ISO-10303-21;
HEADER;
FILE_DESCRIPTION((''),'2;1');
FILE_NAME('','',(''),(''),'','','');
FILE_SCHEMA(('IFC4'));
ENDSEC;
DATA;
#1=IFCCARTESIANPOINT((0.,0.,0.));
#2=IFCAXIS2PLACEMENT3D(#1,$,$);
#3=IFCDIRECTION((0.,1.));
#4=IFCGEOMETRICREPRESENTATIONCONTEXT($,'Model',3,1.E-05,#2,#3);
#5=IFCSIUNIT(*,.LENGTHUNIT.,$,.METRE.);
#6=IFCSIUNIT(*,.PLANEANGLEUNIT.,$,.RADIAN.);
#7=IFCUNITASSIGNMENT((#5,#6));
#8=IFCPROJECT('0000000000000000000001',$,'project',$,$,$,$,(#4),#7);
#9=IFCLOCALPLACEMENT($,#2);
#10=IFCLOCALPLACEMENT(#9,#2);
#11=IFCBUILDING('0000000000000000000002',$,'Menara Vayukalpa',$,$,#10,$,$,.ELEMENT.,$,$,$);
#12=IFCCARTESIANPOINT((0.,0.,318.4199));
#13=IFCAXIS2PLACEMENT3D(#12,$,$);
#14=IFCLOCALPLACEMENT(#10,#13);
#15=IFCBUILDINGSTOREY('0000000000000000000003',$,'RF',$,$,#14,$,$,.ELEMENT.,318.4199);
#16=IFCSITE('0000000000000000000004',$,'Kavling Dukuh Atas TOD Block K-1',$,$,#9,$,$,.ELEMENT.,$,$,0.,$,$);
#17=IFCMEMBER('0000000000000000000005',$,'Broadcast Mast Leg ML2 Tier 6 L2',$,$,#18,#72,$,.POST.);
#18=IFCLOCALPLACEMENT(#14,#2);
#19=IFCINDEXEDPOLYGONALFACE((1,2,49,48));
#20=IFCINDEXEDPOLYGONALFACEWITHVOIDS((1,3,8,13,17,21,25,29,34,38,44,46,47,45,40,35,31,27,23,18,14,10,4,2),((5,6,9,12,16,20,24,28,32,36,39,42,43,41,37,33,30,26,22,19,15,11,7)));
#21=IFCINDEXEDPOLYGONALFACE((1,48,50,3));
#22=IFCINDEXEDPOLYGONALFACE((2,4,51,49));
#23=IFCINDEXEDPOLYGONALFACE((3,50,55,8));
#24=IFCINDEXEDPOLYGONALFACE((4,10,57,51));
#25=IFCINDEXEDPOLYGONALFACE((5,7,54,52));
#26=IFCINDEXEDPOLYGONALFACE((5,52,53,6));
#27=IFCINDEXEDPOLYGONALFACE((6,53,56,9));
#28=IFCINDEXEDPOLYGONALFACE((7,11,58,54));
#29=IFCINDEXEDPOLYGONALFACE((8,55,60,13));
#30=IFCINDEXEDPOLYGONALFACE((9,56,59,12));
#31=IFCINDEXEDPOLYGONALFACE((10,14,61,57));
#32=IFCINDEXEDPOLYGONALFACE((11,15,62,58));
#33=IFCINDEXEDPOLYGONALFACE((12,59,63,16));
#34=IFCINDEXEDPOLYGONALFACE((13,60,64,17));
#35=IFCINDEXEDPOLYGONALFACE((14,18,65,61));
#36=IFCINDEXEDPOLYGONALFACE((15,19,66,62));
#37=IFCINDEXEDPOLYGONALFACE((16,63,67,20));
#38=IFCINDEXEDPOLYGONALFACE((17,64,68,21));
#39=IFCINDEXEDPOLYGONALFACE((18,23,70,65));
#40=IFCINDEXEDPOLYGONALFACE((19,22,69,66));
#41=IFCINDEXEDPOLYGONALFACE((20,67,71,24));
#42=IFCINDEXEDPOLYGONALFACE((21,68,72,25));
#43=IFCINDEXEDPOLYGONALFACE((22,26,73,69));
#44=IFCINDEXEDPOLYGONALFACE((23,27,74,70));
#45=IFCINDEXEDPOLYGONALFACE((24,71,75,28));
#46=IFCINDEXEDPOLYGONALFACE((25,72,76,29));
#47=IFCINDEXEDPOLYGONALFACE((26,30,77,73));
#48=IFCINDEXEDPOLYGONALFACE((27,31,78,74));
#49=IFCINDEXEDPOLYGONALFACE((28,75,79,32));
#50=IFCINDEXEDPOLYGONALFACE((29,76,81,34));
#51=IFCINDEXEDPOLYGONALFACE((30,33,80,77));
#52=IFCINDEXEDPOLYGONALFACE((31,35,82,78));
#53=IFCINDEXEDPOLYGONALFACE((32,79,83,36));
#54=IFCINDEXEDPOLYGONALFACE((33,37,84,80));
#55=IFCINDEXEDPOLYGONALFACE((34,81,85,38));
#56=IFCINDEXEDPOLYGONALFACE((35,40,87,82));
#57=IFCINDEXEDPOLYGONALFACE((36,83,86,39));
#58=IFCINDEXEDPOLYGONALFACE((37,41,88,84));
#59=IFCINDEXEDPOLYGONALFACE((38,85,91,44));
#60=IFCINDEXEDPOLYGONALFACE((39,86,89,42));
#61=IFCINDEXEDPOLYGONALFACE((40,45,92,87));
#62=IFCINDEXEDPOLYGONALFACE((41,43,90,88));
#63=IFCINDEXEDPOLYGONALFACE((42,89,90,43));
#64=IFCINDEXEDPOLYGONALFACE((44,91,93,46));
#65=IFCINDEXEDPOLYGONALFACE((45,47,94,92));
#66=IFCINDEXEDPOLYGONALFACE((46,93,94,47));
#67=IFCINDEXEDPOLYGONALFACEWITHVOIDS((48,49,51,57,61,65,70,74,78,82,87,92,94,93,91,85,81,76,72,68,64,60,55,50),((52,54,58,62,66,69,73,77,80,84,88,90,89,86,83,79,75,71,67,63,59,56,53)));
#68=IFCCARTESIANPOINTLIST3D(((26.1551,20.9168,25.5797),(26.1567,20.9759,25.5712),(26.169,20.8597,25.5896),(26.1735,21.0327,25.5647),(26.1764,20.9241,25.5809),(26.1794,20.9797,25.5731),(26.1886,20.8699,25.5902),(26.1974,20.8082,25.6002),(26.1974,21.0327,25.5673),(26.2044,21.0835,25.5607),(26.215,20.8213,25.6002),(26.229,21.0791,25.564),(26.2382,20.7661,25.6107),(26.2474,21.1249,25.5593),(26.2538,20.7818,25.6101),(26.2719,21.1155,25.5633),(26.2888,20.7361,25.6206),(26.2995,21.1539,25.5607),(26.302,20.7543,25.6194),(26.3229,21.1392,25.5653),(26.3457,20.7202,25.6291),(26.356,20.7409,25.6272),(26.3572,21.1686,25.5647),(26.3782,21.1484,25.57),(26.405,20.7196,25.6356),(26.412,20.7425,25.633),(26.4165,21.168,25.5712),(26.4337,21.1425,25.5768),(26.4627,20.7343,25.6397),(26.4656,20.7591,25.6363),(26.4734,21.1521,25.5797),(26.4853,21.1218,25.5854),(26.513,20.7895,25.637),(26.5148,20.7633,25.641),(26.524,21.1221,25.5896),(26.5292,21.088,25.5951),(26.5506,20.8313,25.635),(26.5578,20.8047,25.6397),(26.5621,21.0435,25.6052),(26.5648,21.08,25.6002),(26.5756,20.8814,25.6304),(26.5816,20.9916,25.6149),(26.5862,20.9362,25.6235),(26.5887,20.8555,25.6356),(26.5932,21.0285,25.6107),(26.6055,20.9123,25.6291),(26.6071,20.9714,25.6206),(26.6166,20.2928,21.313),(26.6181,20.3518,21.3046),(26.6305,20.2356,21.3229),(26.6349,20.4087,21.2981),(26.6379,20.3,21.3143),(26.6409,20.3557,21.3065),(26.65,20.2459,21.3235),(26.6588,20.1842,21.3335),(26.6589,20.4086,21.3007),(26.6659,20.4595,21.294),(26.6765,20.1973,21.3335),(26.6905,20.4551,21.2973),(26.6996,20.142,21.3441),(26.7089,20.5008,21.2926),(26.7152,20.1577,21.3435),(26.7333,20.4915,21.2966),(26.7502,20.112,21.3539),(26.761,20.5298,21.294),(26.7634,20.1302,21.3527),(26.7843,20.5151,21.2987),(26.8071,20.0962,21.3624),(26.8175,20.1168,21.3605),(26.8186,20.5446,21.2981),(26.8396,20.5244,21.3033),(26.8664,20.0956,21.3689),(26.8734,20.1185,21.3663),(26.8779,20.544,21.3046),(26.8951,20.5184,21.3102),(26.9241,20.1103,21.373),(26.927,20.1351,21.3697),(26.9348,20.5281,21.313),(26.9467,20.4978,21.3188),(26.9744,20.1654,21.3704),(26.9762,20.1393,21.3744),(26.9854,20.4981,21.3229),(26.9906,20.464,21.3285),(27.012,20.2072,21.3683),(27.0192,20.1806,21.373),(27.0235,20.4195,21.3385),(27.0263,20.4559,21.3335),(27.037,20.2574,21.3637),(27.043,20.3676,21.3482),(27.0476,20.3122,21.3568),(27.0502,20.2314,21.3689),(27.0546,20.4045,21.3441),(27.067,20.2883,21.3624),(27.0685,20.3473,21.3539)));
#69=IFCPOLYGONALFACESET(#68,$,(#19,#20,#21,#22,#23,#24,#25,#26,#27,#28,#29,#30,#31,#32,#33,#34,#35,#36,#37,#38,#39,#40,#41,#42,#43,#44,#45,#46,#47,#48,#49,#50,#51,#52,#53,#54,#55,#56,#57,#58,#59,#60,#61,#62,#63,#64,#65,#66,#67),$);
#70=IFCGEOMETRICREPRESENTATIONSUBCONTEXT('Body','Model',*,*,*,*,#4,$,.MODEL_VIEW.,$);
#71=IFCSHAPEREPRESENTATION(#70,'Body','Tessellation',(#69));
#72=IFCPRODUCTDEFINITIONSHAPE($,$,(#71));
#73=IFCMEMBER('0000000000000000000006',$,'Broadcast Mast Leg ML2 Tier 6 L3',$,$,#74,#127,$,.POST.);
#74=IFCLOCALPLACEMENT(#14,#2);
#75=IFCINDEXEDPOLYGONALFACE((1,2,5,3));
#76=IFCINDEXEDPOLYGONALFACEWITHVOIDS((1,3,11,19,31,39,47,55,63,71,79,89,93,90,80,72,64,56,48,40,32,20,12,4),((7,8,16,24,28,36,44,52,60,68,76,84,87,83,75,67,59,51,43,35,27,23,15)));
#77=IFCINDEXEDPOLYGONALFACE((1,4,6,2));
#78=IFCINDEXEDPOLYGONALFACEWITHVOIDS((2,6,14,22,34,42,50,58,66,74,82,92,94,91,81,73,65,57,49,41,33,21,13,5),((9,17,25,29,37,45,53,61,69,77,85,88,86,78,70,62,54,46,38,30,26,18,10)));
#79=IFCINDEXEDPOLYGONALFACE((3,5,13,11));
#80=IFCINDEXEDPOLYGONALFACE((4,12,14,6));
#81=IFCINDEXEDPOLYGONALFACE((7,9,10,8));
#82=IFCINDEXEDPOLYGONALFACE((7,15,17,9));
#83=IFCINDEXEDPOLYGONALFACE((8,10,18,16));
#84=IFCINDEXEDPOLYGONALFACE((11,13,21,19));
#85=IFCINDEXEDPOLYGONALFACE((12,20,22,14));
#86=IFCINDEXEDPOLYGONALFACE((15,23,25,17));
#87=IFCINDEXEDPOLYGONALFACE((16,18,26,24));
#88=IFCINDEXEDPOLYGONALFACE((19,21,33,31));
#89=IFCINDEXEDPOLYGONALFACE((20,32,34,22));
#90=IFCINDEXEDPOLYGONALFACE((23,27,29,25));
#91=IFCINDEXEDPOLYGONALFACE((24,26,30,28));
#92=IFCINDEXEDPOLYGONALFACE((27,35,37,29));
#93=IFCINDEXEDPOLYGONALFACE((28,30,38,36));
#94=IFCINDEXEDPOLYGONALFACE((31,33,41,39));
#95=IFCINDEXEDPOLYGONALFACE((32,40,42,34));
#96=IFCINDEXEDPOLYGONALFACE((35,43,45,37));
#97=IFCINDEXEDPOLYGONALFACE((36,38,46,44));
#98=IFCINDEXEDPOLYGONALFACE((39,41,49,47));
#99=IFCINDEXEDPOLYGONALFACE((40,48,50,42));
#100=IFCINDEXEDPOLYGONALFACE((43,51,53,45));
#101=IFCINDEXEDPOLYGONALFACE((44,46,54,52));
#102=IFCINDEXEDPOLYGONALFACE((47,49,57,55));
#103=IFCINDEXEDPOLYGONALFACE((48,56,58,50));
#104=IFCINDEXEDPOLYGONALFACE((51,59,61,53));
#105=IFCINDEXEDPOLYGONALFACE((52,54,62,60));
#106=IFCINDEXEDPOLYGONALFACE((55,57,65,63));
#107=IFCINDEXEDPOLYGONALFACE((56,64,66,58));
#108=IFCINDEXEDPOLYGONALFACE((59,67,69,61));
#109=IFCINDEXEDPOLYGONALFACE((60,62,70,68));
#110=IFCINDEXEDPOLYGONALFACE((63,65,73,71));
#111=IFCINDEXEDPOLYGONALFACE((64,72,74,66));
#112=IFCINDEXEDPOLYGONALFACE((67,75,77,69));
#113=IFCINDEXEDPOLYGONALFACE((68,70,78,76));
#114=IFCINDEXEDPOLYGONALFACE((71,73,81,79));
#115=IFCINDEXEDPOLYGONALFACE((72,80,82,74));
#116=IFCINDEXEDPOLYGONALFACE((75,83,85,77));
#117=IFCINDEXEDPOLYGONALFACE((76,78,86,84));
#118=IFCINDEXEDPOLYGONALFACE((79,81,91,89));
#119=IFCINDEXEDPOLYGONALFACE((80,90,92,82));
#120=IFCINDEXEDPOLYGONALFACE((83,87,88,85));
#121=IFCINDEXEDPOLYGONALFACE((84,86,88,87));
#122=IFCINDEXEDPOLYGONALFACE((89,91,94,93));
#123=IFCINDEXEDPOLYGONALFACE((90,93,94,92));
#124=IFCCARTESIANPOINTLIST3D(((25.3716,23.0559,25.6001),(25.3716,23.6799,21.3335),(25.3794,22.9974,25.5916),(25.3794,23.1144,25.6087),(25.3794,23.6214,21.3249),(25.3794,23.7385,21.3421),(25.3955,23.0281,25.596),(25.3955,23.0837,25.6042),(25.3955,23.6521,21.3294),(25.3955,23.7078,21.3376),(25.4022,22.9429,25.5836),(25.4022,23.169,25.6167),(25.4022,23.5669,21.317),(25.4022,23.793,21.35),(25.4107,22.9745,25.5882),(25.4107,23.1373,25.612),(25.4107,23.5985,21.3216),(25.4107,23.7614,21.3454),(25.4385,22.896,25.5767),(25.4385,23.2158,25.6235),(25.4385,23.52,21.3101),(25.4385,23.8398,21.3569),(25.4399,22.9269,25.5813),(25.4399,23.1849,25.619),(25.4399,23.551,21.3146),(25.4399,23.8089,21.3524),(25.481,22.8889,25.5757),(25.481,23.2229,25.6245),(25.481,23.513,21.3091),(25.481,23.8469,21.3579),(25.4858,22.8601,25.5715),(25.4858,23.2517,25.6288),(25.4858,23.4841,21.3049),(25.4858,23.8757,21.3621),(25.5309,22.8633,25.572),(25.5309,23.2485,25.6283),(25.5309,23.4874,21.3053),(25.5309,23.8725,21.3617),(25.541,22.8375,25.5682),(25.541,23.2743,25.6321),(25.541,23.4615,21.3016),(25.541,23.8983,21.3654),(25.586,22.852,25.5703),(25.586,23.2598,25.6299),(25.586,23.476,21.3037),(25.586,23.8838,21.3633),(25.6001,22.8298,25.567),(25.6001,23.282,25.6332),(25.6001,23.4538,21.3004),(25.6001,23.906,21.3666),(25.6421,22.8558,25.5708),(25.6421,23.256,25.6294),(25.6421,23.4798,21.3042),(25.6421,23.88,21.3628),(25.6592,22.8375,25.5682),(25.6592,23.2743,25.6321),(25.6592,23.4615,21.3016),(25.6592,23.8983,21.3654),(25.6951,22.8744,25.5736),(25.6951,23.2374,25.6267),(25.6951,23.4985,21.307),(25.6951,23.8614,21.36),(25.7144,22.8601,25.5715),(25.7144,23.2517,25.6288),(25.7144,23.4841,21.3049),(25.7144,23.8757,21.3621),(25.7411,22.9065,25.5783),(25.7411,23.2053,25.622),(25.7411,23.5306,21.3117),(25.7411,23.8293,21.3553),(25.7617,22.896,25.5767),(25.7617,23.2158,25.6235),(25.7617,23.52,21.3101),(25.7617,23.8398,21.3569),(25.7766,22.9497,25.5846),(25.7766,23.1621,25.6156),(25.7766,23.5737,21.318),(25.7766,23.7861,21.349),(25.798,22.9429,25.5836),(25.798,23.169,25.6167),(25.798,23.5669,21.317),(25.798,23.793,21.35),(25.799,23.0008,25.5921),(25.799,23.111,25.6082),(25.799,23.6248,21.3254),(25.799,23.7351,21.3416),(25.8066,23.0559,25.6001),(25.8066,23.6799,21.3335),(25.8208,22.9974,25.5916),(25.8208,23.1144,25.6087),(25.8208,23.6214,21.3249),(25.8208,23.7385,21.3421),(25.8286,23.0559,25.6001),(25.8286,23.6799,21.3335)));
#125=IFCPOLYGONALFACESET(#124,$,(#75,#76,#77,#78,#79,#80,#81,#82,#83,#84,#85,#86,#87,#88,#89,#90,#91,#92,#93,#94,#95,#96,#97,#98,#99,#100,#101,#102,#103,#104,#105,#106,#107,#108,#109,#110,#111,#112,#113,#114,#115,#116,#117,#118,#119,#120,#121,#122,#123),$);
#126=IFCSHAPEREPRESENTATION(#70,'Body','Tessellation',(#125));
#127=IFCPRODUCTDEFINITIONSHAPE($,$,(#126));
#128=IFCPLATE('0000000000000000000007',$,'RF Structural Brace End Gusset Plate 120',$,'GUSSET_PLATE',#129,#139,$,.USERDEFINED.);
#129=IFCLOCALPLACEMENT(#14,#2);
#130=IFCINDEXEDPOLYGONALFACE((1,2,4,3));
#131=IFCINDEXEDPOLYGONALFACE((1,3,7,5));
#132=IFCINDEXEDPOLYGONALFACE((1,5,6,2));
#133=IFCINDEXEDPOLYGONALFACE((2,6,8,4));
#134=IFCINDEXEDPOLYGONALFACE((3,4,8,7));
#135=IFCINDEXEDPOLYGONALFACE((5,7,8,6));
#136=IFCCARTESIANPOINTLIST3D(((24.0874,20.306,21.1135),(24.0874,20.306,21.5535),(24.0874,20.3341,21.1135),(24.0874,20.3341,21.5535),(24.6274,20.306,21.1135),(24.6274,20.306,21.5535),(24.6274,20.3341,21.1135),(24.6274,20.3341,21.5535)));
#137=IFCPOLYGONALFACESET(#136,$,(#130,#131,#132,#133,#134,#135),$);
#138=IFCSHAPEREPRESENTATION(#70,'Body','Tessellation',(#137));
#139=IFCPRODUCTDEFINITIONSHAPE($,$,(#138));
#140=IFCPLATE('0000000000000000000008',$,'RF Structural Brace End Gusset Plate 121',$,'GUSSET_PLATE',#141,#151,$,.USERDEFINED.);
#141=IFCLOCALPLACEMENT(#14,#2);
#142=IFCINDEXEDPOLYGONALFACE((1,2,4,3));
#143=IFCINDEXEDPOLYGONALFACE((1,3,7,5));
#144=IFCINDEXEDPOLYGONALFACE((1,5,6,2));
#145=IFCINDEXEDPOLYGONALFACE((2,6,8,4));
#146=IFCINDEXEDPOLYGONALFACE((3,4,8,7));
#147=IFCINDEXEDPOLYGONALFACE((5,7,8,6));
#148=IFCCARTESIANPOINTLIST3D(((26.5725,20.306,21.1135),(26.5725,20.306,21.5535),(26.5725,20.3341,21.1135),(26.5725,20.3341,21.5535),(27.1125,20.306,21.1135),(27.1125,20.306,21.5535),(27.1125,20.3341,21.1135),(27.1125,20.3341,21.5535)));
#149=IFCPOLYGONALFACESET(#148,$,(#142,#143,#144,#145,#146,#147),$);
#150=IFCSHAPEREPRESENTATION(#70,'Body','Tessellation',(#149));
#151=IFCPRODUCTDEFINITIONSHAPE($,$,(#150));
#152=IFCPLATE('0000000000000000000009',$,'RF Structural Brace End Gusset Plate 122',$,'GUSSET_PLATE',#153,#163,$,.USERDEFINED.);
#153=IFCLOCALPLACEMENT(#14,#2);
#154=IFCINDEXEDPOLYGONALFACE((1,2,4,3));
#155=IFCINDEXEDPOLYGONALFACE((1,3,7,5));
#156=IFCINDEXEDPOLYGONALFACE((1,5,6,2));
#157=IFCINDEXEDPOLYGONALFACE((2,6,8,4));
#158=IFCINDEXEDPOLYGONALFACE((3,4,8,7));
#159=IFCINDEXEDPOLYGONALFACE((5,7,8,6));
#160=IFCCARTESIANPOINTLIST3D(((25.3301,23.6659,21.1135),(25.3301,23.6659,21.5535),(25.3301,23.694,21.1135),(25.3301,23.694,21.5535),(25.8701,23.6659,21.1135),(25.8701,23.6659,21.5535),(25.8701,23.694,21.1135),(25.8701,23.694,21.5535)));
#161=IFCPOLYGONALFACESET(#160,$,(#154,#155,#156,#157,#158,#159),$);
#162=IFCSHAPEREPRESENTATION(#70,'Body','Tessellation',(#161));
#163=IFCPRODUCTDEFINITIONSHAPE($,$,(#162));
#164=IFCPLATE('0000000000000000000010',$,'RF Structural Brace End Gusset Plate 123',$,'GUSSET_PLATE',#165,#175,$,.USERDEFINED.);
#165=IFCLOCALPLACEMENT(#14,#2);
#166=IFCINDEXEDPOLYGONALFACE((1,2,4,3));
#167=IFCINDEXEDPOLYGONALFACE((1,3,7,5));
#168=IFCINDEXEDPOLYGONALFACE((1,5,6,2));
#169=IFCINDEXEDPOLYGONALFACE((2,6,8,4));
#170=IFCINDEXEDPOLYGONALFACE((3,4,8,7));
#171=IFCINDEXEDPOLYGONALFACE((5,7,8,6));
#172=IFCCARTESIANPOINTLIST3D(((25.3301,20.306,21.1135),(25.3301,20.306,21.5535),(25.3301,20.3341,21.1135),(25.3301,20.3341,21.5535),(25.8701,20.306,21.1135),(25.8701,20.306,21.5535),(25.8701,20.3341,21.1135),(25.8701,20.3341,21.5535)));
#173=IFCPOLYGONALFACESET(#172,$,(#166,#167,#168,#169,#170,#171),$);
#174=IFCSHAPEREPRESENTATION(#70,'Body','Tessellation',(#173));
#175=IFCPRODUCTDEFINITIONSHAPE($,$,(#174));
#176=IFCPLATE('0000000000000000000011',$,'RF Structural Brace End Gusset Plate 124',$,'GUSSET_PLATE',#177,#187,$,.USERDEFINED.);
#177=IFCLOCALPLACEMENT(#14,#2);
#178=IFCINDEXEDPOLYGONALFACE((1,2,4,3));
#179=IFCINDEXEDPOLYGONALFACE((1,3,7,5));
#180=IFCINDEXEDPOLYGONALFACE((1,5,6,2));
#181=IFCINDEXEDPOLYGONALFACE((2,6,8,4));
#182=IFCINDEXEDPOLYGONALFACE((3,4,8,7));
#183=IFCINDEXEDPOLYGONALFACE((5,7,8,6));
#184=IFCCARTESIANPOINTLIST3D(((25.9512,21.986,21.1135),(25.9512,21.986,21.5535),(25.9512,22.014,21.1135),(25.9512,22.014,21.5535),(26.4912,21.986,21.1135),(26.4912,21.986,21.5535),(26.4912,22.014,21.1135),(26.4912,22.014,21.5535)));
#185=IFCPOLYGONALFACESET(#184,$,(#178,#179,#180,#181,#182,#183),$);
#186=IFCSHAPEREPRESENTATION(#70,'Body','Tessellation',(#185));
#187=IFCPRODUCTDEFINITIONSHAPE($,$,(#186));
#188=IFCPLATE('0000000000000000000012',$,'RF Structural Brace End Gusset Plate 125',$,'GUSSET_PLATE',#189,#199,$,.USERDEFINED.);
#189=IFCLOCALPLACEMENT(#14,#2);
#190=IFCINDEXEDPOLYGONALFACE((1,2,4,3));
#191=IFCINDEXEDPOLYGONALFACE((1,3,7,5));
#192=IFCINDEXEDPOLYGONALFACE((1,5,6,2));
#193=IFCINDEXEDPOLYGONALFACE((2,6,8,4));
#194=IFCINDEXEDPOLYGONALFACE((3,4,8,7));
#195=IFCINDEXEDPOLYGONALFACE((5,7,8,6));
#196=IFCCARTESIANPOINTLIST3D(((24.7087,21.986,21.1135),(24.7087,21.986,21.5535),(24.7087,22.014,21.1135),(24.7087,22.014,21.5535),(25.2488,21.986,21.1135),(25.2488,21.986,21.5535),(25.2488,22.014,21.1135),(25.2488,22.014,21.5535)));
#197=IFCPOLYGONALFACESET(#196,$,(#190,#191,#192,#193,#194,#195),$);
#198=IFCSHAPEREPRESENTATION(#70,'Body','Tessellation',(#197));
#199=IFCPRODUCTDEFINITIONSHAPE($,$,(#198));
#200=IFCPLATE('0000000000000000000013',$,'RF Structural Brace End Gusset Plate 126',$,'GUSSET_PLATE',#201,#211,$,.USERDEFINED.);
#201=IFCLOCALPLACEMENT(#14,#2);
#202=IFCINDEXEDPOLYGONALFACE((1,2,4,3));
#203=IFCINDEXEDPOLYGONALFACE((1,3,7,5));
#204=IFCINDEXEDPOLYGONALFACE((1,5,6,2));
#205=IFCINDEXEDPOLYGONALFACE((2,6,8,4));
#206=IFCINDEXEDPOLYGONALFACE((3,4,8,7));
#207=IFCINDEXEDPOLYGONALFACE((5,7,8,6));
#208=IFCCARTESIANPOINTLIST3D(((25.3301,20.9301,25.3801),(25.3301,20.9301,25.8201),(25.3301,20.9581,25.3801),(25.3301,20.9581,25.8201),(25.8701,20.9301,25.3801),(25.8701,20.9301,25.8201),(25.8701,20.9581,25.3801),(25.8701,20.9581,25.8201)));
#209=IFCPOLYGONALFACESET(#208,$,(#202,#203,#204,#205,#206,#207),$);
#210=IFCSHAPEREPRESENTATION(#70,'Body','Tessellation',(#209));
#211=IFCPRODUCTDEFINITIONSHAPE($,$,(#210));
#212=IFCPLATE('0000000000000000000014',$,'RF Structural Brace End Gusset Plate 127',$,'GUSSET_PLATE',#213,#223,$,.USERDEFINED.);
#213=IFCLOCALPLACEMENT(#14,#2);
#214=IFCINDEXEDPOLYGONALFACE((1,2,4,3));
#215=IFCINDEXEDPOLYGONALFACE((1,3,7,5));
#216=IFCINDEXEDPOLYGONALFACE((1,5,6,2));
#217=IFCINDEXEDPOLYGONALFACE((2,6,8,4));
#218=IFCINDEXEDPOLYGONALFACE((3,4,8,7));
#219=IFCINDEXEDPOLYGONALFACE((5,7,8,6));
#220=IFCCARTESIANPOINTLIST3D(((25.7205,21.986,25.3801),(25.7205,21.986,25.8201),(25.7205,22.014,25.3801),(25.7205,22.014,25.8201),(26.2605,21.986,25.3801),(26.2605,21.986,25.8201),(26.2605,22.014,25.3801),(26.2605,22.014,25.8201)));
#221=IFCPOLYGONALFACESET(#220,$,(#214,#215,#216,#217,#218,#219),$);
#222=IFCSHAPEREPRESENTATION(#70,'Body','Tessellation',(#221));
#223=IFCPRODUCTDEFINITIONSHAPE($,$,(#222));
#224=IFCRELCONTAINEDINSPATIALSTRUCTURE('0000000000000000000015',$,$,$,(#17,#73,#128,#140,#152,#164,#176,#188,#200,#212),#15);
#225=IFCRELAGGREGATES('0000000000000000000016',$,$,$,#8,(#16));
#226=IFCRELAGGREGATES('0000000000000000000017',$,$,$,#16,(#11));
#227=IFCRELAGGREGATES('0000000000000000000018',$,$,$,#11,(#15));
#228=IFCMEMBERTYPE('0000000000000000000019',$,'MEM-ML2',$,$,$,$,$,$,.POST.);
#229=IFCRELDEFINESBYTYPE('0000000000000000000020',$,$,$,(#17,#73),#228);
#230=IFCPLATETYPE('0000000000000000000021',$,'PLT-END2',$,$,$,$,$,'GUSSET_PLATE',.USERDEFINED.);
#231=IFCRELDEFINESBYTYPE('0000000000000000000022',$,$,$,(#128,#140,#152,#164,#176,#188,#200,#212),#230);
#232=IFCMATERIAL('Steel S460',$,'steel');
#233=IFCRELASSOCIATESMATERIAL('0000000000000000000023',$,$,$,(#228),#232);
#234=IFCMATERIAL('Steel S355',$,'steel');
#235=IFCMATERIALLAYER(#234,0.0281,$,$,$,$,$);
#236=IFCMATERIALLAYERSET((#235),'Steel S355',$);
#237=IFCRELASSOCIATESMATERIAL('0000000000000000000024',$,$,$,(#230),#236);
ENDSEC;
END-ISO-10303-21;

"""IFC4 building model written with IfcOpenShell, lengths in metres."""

from ifc_helpers import new_model, si_unit, direction, frame, origin, origin_2d, place, context, subcontext, project, spatial, rectangle, hollow_circle, extrude, material, layer, layer_set, material_profile, profile_set, type_object, element, save


model = new_model("IFC4")

# Units and contexts
model_context = context("Model", 3, precision=1e-05, world=origin(), true_north=direction((0.0, 1.0)))
body_context = subcontext(model_context, "Body", "Model", "MODEL_VIEW")
ifc_project = project(units=[si_unit("LENGTHUNIT", "METRE"), si_unit("PLANEANGLEUNIT", "RADIAN")], contexts=[model_context])

# Site, building, storey
site_placement = place(None, origin())
site = spatial("IfcSite", under=ifc_project, at=site_placement, Name="Kavling Dukuh Atas TOD Block K-1", CompositionType="ELEMENT", RefElevation=0.0)
building_placement = place(site_placement, origin())
building = spatial("IfcBuilding", under=site, at=building_placement, Name="Menara Vayukalpa", CompositionType="ELEMENT")
storey_placement = place(building_placement, frame((0.0, 0.0, 318.4199)))
storey = spatial("IfcBuildingStorey", under=building, at=storey_placement, Name="RF", CompositionType="ELEMENT", Elevation=318.4199)

# Members
ifc_material_1 = material(Name="Steel S460", Category="steel")
ifc_material_profile_1 = material_profile(ifc_material_1, hollow_circle(Radius=0.2285, WallThickness=0.022, at=origin_2d()), Name="CHS 457.2x22")
ifc_profile_set_1 = profile_set([ifc_material_profile_1], Name="Steel S460")
member_type_1 = type_object("IfcMemberType", Name="MEM-ML2", PredefinedType="POST", material=ifc_profile_set_1)
for number, where, z_axis, x_axis, name in (
    (1, (26.8425, 20.3201, 21.3335), (-0.106402, 0.143897, 0.983856), (-0.804058, -0.59455, 0.0), "Broadcast Mast Leg ML2 Tier 6 L2"),
):
    element("IfcMember", number, at=place(storey_placement, frame(where, z_axis=z_axis, x_axis=x_axis)), inside=storey, type_object=member_type_1, Name=name, PredefinedType="POST", context=body_context, shape_type="SweptSolid", body=[
        extrude(hollow_circle(Radius=0.2285, WallThickness=0.022, at=origin_2d()), origin(), (0.0, 0.0, 1.0), 4.3367),
    ])
member_1_placement = place(storey_placement, frame((25.6001, 23.6799, 21.3335), z_axis=(0.0, -0.144718, 0.989473), x_axis=(1.0, 0.0, 0.0)))
element("IfcMember", 2, at=member_1_placement, inside=storey, type_object=member_type_1, Name="Broadcast Mast Leg ML2 Tier 6 L3", PredefinedType="POST", context=body_context, shape_type="SweptSolid", body=[
    extrude(hollow_circle(Radius=0.2285, WallThickness=0.022, at=origin_2d()), origin(), (0.0, 0.0, 1.0), 4.312),
])

# Plates
ifc_material_2 = material(Name="Steel S355", Category="steel")
ifc_layer_1 = layer(ifc_material_2, 0.0281)
ifc_layer_set_1 = layer_set([ifc_layer_1], Name="Steel S355")
plate_type_1 = type_object("IfcPlateType", Name="PLT-END2", ElementType="GUSSET_PLATE", PredefinedType="USERDEFINED", material=ifc_layer_set_1)
for number, where, z_axis, x_axis, name in (
    (3, (24.3574, 20.3201, 21.1135), (0.0, 0.0, 1.0), (1.0, 0.0, 0.0), "RF Structural Brace End Gusset Plate 120"),
    (4, (26.8425, 20.3201, 21.1135), (0.0, 0.0, 1.0), (1.0, 0.0, 0.0), "RF Structural Brace End Gusset Plate 121"),
    (5, (25.6001, 23.6799, 21.1135), (0.0, 0.0, 1.0), (1.0, 0.0, 0.0), "RF Structural Brace End Gusset Plate 122"),
    (6, (25.6001, 20.3201, 21.1135), (0.0, 0.0, 1.0), (1.0, 0.0, 0.0), "RF Structural Brace End Gusset Plate 123"),
    (7, (26.2212, 22.0, 21.1135), (0.0, 0.0, 1.0), (1.0, 0.0, 0.0), "RF Structural Brace End Gusset Plate 124"),
    (8, (24.9788, 22.0, 21.1135), (0.0, 0.0, 1.0), (1.0, 0.0, 0.0), "RF Structural Brace End Gusset Plate 125"),
    (9, (25.6001, 20.9441, 25.3801), (0.0, 0.0, 1.0), (1.0, 0.0, 0.0), "RF Structural Brace End Gusset Plate 126"),
    (10, (25.9905, 22.0, 25.3801), (0.0, 0.0, 1.0), (1.0, 0.0, 0.0), "RF Structural Brace End Gusset Plate 127"),
):
    element("IfcPlate", number, at=place(storey_placement, frame(where, z_axis=z_axis, x_axis=x_axis)), inside=storey, type_object=plate_type_1, Name=name, ObjectType="GUSSET_PLATE", PredefinedType="USERDEFINED", context=body_context, shape_type="SweptSolid", body=[
        extrude(rectangle(XDim=0.54, YDim=0.0281, at=origin_2d()), origin(), (0.0, 0.0, 1.0), 0.4399),
    ])

save(model, "model.ifc")
